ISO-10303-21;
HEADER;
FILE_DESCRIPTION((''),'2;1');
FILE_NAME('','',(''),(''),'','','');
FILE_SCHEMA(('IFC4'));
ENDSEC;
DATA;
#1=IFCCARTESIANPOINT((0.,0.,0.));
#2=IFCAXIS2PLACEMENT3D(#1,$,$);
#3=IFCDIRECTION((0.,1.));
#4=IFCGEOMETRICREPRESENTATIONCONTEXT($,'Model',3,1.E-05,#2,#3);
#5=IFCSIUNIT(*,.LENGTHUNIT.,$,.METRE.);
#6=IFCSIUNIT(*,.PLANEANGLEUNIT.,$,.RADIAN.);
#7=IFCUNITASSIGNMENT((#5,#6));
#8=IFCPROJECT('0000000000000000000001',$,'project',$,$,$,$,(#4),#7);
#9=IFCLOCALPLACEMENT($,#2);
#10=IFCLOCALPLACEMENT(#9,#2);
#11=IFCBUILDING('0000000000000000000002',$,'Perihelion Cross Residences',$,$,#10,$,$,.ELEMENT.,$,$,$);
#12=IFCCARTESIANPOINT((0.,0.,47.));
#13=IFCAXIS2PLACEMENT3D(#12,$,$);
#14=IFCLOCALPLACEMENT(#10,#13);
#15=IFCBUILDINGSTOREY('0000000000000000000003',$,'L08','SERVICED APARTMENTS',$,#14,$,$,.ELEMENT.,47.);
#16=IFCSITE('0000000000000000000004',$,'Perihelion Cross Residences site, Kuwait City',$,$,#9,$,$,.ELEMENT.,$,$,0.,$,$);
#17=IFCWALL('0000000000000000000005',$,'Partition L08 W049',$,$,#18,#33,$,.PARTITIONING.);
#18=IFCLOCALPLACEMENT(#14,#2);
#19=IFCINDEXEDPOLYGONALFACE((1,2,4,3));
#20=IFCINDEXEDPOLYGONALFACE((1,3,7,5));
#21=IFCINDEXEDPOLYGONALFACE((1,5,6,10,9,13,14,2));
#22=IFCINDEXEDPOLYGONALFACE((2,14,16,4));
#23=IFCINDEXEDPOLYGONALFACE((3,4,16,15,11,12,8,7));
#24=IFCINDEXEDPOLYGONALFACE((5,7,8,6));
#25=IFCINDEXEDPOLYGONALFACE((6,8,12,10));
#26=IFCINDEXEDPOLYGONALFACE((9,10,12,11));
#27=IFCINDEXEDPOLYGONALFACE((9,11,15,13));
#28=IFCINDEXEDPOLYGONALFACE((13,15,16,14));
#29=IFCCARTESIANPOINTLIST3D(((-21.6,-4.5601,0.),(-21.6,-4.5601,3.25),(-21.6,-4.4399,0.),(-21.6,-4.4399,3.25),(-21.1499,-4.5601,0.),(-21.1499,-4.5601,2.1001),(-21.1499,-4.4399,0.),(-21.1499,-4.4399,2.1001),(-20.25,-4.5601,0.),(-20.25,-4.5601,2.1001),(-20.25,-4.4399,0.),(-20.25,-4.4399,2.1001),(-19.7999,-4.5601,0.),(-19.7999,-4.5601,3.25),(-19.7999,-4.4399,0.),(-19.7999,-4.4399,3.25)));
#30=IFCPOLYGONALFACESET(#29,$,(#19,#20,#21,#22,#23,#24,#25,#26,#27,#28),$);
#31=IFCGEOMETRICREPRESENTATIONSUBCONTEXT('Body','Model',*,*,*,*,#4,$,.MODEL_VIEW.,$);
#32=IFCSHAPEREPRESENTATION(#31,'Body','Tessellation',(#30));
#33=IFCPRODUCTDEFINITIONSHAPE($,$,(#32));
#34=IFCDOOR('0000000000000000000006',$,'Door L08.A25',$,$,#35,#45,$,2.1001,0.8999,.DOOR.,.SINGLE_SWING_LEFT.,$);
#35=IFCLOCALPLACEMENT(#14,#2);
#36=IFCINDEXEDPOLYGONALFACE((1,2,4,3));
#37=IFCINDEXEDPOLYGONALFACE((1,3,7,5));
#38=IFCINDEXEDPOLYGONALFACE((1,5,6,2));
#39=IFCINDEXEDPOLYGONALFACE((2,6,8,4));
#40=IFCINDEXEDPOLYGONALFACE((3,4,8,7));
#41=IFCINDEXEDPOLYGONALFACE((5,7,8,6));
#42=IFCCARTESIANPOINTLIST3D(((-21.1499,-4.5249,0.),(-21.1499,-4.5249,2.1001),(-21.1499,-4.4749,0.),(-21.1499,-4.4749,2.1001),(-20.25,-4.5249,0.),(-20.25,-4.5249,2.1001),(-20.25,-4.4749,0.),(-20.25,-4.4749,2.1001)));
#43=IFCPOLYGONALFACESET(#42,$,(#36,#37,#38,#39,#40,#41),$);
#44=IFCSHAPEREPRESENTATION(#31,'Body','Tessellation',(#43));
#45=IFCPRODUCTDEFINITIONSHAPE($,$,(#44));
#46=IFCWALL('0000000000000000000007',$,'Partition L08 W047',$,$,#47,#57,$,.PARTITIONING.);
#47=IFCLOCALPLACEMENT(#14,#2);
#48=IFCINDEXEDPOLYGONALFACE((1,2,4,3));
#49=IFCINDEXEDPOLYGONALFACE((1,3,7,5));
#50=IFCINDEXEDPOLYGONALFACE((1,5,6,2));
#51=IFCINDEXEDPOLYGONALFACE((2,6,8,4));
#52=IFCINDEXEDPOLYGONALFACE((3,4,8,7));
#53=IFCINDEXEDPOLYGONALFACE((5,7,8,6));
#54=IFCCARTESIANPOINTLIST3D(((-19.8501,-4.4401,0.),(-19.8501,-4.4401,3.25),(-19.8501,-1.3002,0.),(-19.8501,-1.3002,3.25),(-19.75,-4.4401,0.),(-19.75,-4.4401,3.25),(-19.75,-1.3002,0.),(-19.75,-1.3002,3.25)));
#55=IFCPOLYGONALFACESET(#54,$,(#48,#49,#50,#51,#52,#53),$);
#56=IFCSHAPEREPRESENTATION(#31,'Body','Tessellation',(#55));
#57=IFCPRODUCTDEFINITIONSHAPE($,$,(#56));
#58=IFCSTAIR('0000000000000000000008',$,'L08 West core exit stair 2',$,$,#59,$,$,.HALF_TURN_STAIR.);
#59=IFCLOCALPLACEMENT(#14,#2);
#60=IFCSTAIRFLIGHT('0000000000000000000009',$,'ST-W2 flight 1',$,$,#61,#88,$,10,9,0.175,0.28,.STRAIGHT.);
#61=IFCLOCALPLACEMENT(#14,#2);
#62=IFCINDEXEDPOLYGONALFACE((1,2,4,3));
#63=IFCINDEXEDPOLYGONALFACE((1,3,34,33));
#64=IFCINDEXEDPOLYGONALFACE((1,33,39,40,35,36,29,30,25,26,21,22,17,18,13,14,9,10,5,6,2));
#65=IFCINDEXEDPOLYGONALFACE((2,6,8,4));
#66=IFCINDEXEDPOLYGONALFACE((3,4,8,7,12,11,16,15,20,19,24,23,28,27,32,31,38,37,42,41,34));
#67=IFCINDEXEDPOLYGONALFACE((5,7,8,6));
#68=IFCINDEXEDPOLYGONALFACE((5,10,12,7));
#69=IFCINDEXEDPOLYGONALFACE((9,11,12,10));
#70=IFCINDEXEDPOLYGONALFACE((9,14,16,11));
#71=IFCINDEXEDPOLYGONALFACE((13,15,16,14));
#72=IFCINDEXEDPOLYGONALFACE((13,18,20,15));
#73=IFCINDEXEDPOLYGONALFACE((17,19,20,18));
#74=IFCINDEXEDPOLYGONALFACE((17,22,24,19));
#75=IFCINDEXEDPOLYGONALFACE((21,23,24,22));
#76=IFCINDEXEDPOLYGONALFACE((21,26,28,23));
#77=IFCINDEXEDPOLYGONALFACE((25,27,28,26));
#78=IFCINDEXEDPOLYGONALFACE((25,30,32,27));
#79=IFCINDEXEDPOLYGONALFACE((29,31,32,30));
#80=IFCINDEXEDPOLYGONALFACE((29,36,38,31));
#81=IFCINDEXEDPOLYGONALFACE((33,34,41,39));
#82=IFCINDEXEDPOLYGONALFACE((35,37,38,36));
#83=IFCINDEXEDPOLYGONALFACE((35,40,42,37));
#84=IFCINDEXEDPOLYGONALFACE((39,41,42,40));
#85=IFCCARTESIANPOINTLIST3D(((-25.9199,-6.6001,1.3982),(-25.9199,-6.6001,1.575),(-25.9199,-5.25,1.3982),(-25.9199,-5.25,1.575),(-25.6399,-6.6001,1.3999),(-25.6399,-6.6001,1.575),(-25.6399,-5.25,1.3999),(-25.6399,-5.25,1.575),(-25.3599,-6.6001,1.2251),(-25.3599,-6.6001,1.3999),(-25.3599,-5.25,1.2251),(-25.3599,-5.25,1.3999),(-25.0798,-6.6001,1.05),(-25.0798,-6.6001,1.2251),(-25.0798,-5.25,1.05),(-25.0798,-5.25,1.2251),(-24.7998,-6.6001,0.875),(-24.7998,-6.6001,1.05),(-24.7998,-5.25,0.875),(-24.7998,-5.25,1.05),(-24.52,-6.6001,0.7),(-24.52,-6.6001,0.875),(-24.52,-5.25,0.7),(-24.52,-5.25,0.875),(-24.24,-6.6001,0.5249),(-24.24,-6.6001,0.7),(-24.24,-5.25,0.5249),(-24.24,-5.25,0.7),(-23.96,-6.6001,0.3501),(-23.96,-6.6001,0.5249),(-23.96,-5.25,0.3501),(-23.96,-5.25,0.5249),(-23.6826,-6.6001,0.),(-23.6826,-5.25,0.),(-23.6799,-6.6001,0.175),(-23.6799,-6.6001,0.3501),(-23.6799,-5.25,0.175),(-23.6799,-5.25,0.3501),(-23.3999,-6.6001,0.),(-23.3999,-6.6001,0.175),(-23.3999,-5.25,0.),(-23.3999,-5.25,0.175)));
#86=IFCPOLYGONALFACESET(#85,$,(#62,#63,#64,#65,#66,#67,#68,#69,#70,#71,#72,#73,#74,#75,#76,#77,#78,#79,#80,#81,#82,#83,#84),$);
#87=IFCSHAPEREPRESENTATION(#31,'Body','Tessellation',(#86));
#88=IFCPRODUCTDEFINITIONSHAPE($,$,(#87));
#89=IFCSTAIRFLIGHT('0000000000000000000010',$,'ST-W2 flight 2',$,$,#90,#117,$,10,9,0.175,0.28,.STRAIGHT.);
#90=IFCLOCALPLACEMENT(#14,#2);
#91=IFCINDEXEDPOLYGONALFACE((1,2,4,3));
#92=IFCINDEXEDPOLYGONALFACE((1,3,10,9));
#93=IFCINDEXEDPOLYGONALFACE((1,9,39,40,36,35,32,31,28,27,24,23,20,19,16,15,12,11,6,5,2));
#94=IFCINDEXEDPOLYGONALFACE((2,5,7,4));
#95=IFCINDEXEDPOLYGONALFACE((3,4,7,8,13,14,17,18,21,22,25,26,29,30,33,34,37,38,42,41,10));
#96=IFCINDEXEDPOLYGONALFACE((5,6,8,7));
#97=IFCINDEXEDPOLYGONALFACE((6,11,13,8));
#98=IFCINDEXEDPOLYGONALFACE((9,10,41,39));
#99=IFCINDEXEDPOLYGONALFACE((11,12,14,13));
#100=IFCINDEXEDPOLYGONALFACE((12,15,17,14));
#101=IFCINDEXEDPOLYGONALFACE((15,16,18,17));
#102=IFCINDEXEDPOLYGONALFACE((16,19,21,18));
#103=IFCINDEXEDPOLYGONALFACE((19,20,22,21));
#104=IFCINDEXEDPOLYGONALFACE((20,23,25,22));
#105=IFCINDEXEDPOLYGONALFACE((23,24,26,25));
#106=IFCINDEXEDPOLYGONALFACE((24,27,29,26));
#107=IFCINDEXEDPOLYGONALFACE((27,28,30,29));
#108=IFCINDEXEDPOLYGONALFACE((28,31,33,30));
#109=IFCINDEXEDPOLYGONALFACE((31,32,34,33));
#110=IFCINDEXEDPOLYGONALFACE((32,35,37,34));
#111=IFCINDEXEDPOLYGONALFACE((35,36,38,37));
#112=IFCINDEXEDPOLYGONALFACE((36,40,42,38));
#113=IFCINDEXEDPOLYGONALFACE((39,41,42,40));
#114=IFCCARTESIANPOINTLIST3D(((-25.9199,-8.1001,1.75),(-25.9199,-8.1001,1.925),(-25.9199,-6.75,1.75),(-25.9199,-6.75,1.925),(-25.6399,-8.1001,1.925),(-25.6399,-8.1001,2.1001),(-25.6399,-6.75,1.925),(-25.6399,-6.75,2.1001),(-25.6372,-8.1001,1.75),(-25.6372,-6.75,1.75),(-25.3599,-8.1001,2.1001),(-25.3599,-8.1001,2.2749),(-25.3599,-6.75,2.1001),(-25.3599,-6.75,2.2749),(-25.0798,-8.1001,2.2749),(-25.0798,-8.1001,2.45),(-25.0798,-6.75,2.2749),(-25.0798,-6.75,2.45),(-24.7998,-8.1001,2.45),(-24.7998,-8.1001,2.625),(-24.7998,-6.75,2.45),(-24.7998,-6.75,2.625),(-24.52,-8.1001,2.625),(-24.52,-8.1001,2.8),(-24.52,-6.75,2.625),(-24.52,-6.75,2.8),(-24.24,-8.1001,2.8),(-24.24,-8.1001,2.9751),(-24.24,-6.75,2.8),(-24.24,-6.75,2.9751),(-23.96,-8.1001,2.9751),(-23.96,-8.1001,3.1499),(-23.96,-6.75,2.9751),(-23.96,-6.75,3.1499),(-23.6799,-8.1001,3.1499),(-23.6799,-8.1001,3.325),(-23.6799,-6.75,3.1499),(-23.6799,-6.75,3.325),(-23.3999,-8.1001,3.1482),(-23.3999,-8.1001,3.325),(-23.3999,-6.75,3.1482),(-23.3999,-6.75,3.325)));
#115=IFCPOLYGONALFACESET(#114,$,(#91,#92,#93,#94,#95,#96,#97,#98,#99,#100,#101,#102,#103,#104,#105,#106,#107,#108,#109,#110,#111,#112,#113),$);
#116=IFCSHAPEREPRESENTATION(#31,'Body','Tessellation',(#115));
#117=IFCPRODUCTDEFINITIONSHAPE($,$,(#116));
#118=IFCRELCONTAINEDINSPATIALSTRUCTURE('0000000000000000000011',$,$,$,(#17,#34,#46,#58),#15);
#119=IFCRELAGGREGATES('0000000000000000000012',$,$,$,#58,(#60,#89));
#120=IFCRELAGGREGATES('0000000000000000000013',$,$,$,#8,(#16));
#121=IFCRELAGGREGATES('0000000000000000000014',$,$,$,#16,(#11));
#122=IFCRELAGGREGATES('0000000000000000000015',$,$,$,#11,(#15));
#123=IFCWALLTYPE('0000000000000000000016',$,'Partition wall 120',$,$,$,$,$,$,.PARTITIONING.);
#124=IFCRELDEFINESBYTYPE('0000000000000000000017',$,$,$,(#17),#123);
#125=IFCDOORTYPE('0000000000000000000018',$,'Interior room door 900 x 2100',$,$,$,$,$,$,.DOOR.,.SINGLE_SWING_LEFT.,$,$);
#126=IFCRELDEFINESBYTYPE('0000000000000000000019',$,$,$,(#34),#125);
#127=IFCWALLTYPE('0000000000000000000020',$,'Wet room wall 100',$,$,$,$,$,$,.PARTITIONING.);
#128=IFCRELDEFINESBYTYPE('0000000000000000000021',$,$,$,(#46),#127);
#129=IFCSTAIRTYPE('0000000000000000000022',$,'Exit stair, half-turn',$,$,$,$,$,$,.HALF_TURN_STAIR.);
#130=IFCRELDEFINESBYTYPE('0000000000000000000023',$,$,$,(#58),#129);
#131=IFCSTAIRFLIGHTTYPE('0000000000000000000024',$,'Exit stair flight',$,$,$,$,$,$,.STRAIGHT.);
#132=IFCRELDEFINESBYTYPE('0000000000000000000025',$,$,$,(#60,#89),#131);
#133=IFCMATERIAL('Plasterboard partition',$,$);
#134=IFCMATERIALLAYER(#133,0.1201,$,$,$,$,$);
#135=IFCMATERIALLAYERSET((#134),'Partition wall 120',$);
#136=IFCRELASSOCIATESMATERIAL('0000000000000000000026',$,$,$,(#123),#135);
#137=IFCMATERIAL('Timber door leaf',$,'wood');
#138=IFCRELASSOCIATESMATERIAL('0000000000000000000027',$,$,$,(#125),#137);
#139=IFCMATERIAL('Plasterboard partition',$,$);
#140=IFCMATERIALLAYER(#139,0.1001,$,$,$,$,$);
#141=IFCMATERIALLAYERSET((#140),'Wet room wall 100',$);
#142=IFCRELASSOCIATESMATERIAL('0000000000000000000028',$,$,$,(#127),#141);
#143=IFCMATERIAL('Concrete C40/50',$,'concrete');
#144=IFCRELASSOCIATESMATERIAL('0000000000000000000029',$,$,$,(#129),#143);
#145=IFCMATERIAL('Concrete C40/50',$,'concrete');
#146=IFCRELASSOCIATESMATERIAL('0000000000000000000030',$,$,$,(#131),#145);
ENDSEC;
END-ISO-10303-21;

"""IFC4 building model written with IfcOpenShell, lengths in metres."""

from ifc_helpers import new_model, si_unit, direction, frame, frame_2d, origin, place, context, subcontext, project, spatial, polyline, rectangle, outline, extrude, material, layer, layer_set, type_object, element, fill, aggregate, save


model = new_model("IFC4")

# Units and contexts
model_context = context("Model", 3, precision=1e-05, world=origin(), true_north=direction((0.0, 1.0)))
body_context = subcontext(model_context, "Body", "Model", "MODEL_VIEW")
ifc_project = project(units=[si_unit("LENGTHUNIT", "METRE"), si_unit("PLANEANGLEUNIT", "RADIAN")], contexts=[model_context])

# Site, building, storey
site_placement = place(None, origin())
site = spatial("IfcSite", under=ifc_project, at=site_placement, Name="Perihelion Cross Residences site, Kuwait City", CompositionType="ELEMENT", RefElevation=0.0)
building_placement = place(site_placement, origin())
building = spatial("IfcBuilding", under=site, at=building_placement, Name="Perihelion Cross Residences", CompositionType="ELEMENT")
storey_placement = place(building_placement, frame((0.0, 0.0, 47.0)))
storey = spatial("IfcBuildingStorey", under=building, at=storey_placement, Name="L08", Description="SERVICED APARTMENTS", CompositionType="ELEMENT", Elevation=47.0)

# Wall, opening, door
ifc_material_1 = material(Name="Plasterboard partition")
ifc_layer_1 = layer(ifc_material_1, 0.1201)
ifc_layer_set_1 = layer_set([ifc_layer_1], Name="Partition wall 120")
wall_type_1 = type_object("IfcWallType", Name="Partition wall 120", PredefinedType="PARTITIONING", material=ifc_layer_set_1)
wall_1_placement = place(storey_placement, frame((-19.8, -4.5, 0.0), z_axis=(0.0, 0.0, 1.0), x_axis=(-1.0, 0.0, 0.0)))
wall_1 = element("IfcWall", 1, at=wall_1_placement, inside=storey, type_object=wall_type_1, Name="Partition L08 W049", PredefinedType="PARTITIONING", context=body_context, shape_type="SweptSolid", body=[
    extrude(rectangle(XDim=1.8, YDim=0.1201, at=frame_2d((0.8999, 0.0))), origin(), (0.0, 0.0, 1.0), 3.25),
])
opening_1_placement = place(wall_1_placement, frame((0.45, 0.0, 0.0)))
opening_1 = element("IfcOpeningElement", 2, at=opening_1_placement, cuts=wall_1, PredefinedType="OPENING", context=body_context, shape_type="SweptSolid", body=[
    extrude(rectangle(XDim=0.8999, YDim=2.1001, at=frame_2d((0.45, 1.05))), frame((0.0, 0.0701, 0.0), z_axis=(0.0, -1.0, 0.0), x_axis=(1.0, 0.0, 0.0)), (0.0, 0.0, 1.0), 0.1401),
])
ifc_material_2 = material(Name="Timber door leaf", Category="wood")
door_type_1 = type_object("IfcDoorType", Name="Interior room door 900 x 2100", OperationType="SINGLE_SWING_LEFT", PredefinedType="DOOR", material=ifc_material_2)
door_1_placement = place(opening_1_placement, origin())
door_1 = element("IfcDoor", 3, at=door_1_placement, inside=storey, type_object=door_type_1, Name="Door L08.A25", OperationType="SINGLE_SWING_LEFT", OverallHeight=2.1001, OverallWidth=0.8999, PredefinedType="DOOR", context=body_context, shape_type="SweptSolid", body=[
    extrude(rectangle(XDim=0.8999, YDim=2.1001, at=frame_2d((0.45, 1.05))), frame((0.0, 0.0249, 0.0), z_axis=(0.0, -1.0, 0.0), x_axis=(1.0, 0.0, 0.0)), (0.0, 0.0, 1.0), 0.05),
])
fill(opening_1, door_1)

# Wall
ifc_material_3 = material(Name="Plasterboard partition")
ifc_layer_2 = layer(ifc_material_3, 0.1001)
ifc_layer_set_2 = layer_set([ifc_layer_2], Name="Wet room wall 100")
wall_type_2 = type_object("IfcWallType", Name="Wet room wall 100", PredefinedType="PARTITIONING", material=ifc_layer_set_2)
wall_2_placement = place(storey_placement, frame((-19.8, -4.4399, 0.0), z_axis=(0.0, 0.0, 1.0), x_axis=(0.0, 1.0, 0.0)))
element("IfcWall", 4, at=wall_2_placement, inside=storey, type_object=wall_type_2, Name="Partition L08 W047", PredefinedType="PARTITIONING", context=body_context, shape_type="SweptSolid", body=[
    extrude(rectangle(XDim=3.1399, YDim=0.1001, at=frame_2d((1.5698, 0.0))), origin(), (0.0, 0.0, 1.0), 3.25),
])

# Stair, stair flights
ifc_material_4 = material(Name="Concrete C40/50", Category="concrete")
stair_type = type_object("IfcStairType", Name="Exit stair, half-turn", PredefinedType="HALF_TURN_STAIR", material=ifc_material_4)
stair_placement = place(storey_placement, origin())
stair = element("IfcStair", 5, at=stair_placement, inside=storey, type_object=stair_type, Name="L08 West core exit stair 2", PredefinedType="HALF_TURN_STAIR")
ifc_material_5 = material(Name="Concrete C40/50", Category="concrete")
stair_flight_type = type_object("IfcStairFlightType", Name="Exit stair flight", PredefinedType="STRAIGHT", material=ifc_material_5)
stair_flight_1_placement = place(storey_placement, frame((-23.3999, -5.925, 0.0), z_axis=(0.0, 0.0, 1.0), x_axis=(-1.0, 0.0, 0.0)))
stair_flight_1 = element("IfcStairFlight", 6, at=stair_flight_1_placement, type_object=stair_flight_type, Name="ST-W2 flight 1", NumberOfRisers=10, NumberOfTreads=9, PredefinedType="STRAIGHT", RiserHeight=0.175, TreadLength=0.28, context=body_context, shape_type="SweptSolid", body=[
    extrude(outline(polyline([(0.0, 0.0), (0.0, 0.175), (0.28, 0.175), (0.28, 0.3501), (0.5601, 0.3501), (0.5601, 0.5249), (0.8401, 0.5249), (0.8401, 0.7), (1.1201, 0.7), (1.1201, 0.875), (1.3999, 0.875), (1.3999, 1.05), (1.6799, 1.05), (1.6799, 1.2251), (1.96, 1.2251), (1.96, 1.3999), (2.24, 1.3999), (2.24, 1.575), (2.52, 1.575), (2.52, 1.75), (2.52, 1.3982), (0.2827, 0.0), (0.0, 0.0)])), frame((0.0, 0.675, 0.0), z_axis=(0.0, -1.0, 0.0), x_axis=(1.0, 0.0, 0.0)), (0.0, 0.0, 1.0), 1.3501),
])
stair_flight_2_placement = place(storey_placement, frame((-25.9199, -7.425, 1.75), z_axis=(0.0, 0.0, 1.0), x_axis=(1.0, 0.0, 0.0)))
stair_flight_2 = element("IfcStairFlight", 7, at=stair_flight_2_placement, type_object=stair_flight_type, Name="ST-W2 flight 2", NumberOfRisers=10, NumberOfTreads=9, PredefinedType="STRAIGHT", RiserHeight=0.175, TreadLength=0.28, context=body_context, shape_type="SweptSolid", body=[
    extrude(outline(polyline([(0.0, 0.0), (0.0, 0.175), (0.28, 0.175), (0.28, 0.3501), (0.5601, 0.3501), (0.5601, 0.5249), (0.8401, 0.5249), (0.8401, 0.7), (1.1201, 0.7), (1.1201, 0.875), (1.3999, 0.875), (1.3999, 1.05), (1.6799, 1.05), (1.6799, 1.2251), (1.96, 1.2251), (1.96, 1.3999), (2.24, 1.3999), (2.24, 1.575), (2.52, 1.575), (2.52, 1.75), (2.52, 1.3982), (0.2827, 0.0), (0.0, 0.0)])), frame((0.0, 0.675, 0.0), z_axis=(0.0, -1.0, 0.0), x_axis=(1.0, 0.0, 0.0)), (0.0, 0.0, 1.0), 1.3501),
])
aggregate(stair, [stair_flight_1, stair_flight_2])

save(model, "model.ifc")
